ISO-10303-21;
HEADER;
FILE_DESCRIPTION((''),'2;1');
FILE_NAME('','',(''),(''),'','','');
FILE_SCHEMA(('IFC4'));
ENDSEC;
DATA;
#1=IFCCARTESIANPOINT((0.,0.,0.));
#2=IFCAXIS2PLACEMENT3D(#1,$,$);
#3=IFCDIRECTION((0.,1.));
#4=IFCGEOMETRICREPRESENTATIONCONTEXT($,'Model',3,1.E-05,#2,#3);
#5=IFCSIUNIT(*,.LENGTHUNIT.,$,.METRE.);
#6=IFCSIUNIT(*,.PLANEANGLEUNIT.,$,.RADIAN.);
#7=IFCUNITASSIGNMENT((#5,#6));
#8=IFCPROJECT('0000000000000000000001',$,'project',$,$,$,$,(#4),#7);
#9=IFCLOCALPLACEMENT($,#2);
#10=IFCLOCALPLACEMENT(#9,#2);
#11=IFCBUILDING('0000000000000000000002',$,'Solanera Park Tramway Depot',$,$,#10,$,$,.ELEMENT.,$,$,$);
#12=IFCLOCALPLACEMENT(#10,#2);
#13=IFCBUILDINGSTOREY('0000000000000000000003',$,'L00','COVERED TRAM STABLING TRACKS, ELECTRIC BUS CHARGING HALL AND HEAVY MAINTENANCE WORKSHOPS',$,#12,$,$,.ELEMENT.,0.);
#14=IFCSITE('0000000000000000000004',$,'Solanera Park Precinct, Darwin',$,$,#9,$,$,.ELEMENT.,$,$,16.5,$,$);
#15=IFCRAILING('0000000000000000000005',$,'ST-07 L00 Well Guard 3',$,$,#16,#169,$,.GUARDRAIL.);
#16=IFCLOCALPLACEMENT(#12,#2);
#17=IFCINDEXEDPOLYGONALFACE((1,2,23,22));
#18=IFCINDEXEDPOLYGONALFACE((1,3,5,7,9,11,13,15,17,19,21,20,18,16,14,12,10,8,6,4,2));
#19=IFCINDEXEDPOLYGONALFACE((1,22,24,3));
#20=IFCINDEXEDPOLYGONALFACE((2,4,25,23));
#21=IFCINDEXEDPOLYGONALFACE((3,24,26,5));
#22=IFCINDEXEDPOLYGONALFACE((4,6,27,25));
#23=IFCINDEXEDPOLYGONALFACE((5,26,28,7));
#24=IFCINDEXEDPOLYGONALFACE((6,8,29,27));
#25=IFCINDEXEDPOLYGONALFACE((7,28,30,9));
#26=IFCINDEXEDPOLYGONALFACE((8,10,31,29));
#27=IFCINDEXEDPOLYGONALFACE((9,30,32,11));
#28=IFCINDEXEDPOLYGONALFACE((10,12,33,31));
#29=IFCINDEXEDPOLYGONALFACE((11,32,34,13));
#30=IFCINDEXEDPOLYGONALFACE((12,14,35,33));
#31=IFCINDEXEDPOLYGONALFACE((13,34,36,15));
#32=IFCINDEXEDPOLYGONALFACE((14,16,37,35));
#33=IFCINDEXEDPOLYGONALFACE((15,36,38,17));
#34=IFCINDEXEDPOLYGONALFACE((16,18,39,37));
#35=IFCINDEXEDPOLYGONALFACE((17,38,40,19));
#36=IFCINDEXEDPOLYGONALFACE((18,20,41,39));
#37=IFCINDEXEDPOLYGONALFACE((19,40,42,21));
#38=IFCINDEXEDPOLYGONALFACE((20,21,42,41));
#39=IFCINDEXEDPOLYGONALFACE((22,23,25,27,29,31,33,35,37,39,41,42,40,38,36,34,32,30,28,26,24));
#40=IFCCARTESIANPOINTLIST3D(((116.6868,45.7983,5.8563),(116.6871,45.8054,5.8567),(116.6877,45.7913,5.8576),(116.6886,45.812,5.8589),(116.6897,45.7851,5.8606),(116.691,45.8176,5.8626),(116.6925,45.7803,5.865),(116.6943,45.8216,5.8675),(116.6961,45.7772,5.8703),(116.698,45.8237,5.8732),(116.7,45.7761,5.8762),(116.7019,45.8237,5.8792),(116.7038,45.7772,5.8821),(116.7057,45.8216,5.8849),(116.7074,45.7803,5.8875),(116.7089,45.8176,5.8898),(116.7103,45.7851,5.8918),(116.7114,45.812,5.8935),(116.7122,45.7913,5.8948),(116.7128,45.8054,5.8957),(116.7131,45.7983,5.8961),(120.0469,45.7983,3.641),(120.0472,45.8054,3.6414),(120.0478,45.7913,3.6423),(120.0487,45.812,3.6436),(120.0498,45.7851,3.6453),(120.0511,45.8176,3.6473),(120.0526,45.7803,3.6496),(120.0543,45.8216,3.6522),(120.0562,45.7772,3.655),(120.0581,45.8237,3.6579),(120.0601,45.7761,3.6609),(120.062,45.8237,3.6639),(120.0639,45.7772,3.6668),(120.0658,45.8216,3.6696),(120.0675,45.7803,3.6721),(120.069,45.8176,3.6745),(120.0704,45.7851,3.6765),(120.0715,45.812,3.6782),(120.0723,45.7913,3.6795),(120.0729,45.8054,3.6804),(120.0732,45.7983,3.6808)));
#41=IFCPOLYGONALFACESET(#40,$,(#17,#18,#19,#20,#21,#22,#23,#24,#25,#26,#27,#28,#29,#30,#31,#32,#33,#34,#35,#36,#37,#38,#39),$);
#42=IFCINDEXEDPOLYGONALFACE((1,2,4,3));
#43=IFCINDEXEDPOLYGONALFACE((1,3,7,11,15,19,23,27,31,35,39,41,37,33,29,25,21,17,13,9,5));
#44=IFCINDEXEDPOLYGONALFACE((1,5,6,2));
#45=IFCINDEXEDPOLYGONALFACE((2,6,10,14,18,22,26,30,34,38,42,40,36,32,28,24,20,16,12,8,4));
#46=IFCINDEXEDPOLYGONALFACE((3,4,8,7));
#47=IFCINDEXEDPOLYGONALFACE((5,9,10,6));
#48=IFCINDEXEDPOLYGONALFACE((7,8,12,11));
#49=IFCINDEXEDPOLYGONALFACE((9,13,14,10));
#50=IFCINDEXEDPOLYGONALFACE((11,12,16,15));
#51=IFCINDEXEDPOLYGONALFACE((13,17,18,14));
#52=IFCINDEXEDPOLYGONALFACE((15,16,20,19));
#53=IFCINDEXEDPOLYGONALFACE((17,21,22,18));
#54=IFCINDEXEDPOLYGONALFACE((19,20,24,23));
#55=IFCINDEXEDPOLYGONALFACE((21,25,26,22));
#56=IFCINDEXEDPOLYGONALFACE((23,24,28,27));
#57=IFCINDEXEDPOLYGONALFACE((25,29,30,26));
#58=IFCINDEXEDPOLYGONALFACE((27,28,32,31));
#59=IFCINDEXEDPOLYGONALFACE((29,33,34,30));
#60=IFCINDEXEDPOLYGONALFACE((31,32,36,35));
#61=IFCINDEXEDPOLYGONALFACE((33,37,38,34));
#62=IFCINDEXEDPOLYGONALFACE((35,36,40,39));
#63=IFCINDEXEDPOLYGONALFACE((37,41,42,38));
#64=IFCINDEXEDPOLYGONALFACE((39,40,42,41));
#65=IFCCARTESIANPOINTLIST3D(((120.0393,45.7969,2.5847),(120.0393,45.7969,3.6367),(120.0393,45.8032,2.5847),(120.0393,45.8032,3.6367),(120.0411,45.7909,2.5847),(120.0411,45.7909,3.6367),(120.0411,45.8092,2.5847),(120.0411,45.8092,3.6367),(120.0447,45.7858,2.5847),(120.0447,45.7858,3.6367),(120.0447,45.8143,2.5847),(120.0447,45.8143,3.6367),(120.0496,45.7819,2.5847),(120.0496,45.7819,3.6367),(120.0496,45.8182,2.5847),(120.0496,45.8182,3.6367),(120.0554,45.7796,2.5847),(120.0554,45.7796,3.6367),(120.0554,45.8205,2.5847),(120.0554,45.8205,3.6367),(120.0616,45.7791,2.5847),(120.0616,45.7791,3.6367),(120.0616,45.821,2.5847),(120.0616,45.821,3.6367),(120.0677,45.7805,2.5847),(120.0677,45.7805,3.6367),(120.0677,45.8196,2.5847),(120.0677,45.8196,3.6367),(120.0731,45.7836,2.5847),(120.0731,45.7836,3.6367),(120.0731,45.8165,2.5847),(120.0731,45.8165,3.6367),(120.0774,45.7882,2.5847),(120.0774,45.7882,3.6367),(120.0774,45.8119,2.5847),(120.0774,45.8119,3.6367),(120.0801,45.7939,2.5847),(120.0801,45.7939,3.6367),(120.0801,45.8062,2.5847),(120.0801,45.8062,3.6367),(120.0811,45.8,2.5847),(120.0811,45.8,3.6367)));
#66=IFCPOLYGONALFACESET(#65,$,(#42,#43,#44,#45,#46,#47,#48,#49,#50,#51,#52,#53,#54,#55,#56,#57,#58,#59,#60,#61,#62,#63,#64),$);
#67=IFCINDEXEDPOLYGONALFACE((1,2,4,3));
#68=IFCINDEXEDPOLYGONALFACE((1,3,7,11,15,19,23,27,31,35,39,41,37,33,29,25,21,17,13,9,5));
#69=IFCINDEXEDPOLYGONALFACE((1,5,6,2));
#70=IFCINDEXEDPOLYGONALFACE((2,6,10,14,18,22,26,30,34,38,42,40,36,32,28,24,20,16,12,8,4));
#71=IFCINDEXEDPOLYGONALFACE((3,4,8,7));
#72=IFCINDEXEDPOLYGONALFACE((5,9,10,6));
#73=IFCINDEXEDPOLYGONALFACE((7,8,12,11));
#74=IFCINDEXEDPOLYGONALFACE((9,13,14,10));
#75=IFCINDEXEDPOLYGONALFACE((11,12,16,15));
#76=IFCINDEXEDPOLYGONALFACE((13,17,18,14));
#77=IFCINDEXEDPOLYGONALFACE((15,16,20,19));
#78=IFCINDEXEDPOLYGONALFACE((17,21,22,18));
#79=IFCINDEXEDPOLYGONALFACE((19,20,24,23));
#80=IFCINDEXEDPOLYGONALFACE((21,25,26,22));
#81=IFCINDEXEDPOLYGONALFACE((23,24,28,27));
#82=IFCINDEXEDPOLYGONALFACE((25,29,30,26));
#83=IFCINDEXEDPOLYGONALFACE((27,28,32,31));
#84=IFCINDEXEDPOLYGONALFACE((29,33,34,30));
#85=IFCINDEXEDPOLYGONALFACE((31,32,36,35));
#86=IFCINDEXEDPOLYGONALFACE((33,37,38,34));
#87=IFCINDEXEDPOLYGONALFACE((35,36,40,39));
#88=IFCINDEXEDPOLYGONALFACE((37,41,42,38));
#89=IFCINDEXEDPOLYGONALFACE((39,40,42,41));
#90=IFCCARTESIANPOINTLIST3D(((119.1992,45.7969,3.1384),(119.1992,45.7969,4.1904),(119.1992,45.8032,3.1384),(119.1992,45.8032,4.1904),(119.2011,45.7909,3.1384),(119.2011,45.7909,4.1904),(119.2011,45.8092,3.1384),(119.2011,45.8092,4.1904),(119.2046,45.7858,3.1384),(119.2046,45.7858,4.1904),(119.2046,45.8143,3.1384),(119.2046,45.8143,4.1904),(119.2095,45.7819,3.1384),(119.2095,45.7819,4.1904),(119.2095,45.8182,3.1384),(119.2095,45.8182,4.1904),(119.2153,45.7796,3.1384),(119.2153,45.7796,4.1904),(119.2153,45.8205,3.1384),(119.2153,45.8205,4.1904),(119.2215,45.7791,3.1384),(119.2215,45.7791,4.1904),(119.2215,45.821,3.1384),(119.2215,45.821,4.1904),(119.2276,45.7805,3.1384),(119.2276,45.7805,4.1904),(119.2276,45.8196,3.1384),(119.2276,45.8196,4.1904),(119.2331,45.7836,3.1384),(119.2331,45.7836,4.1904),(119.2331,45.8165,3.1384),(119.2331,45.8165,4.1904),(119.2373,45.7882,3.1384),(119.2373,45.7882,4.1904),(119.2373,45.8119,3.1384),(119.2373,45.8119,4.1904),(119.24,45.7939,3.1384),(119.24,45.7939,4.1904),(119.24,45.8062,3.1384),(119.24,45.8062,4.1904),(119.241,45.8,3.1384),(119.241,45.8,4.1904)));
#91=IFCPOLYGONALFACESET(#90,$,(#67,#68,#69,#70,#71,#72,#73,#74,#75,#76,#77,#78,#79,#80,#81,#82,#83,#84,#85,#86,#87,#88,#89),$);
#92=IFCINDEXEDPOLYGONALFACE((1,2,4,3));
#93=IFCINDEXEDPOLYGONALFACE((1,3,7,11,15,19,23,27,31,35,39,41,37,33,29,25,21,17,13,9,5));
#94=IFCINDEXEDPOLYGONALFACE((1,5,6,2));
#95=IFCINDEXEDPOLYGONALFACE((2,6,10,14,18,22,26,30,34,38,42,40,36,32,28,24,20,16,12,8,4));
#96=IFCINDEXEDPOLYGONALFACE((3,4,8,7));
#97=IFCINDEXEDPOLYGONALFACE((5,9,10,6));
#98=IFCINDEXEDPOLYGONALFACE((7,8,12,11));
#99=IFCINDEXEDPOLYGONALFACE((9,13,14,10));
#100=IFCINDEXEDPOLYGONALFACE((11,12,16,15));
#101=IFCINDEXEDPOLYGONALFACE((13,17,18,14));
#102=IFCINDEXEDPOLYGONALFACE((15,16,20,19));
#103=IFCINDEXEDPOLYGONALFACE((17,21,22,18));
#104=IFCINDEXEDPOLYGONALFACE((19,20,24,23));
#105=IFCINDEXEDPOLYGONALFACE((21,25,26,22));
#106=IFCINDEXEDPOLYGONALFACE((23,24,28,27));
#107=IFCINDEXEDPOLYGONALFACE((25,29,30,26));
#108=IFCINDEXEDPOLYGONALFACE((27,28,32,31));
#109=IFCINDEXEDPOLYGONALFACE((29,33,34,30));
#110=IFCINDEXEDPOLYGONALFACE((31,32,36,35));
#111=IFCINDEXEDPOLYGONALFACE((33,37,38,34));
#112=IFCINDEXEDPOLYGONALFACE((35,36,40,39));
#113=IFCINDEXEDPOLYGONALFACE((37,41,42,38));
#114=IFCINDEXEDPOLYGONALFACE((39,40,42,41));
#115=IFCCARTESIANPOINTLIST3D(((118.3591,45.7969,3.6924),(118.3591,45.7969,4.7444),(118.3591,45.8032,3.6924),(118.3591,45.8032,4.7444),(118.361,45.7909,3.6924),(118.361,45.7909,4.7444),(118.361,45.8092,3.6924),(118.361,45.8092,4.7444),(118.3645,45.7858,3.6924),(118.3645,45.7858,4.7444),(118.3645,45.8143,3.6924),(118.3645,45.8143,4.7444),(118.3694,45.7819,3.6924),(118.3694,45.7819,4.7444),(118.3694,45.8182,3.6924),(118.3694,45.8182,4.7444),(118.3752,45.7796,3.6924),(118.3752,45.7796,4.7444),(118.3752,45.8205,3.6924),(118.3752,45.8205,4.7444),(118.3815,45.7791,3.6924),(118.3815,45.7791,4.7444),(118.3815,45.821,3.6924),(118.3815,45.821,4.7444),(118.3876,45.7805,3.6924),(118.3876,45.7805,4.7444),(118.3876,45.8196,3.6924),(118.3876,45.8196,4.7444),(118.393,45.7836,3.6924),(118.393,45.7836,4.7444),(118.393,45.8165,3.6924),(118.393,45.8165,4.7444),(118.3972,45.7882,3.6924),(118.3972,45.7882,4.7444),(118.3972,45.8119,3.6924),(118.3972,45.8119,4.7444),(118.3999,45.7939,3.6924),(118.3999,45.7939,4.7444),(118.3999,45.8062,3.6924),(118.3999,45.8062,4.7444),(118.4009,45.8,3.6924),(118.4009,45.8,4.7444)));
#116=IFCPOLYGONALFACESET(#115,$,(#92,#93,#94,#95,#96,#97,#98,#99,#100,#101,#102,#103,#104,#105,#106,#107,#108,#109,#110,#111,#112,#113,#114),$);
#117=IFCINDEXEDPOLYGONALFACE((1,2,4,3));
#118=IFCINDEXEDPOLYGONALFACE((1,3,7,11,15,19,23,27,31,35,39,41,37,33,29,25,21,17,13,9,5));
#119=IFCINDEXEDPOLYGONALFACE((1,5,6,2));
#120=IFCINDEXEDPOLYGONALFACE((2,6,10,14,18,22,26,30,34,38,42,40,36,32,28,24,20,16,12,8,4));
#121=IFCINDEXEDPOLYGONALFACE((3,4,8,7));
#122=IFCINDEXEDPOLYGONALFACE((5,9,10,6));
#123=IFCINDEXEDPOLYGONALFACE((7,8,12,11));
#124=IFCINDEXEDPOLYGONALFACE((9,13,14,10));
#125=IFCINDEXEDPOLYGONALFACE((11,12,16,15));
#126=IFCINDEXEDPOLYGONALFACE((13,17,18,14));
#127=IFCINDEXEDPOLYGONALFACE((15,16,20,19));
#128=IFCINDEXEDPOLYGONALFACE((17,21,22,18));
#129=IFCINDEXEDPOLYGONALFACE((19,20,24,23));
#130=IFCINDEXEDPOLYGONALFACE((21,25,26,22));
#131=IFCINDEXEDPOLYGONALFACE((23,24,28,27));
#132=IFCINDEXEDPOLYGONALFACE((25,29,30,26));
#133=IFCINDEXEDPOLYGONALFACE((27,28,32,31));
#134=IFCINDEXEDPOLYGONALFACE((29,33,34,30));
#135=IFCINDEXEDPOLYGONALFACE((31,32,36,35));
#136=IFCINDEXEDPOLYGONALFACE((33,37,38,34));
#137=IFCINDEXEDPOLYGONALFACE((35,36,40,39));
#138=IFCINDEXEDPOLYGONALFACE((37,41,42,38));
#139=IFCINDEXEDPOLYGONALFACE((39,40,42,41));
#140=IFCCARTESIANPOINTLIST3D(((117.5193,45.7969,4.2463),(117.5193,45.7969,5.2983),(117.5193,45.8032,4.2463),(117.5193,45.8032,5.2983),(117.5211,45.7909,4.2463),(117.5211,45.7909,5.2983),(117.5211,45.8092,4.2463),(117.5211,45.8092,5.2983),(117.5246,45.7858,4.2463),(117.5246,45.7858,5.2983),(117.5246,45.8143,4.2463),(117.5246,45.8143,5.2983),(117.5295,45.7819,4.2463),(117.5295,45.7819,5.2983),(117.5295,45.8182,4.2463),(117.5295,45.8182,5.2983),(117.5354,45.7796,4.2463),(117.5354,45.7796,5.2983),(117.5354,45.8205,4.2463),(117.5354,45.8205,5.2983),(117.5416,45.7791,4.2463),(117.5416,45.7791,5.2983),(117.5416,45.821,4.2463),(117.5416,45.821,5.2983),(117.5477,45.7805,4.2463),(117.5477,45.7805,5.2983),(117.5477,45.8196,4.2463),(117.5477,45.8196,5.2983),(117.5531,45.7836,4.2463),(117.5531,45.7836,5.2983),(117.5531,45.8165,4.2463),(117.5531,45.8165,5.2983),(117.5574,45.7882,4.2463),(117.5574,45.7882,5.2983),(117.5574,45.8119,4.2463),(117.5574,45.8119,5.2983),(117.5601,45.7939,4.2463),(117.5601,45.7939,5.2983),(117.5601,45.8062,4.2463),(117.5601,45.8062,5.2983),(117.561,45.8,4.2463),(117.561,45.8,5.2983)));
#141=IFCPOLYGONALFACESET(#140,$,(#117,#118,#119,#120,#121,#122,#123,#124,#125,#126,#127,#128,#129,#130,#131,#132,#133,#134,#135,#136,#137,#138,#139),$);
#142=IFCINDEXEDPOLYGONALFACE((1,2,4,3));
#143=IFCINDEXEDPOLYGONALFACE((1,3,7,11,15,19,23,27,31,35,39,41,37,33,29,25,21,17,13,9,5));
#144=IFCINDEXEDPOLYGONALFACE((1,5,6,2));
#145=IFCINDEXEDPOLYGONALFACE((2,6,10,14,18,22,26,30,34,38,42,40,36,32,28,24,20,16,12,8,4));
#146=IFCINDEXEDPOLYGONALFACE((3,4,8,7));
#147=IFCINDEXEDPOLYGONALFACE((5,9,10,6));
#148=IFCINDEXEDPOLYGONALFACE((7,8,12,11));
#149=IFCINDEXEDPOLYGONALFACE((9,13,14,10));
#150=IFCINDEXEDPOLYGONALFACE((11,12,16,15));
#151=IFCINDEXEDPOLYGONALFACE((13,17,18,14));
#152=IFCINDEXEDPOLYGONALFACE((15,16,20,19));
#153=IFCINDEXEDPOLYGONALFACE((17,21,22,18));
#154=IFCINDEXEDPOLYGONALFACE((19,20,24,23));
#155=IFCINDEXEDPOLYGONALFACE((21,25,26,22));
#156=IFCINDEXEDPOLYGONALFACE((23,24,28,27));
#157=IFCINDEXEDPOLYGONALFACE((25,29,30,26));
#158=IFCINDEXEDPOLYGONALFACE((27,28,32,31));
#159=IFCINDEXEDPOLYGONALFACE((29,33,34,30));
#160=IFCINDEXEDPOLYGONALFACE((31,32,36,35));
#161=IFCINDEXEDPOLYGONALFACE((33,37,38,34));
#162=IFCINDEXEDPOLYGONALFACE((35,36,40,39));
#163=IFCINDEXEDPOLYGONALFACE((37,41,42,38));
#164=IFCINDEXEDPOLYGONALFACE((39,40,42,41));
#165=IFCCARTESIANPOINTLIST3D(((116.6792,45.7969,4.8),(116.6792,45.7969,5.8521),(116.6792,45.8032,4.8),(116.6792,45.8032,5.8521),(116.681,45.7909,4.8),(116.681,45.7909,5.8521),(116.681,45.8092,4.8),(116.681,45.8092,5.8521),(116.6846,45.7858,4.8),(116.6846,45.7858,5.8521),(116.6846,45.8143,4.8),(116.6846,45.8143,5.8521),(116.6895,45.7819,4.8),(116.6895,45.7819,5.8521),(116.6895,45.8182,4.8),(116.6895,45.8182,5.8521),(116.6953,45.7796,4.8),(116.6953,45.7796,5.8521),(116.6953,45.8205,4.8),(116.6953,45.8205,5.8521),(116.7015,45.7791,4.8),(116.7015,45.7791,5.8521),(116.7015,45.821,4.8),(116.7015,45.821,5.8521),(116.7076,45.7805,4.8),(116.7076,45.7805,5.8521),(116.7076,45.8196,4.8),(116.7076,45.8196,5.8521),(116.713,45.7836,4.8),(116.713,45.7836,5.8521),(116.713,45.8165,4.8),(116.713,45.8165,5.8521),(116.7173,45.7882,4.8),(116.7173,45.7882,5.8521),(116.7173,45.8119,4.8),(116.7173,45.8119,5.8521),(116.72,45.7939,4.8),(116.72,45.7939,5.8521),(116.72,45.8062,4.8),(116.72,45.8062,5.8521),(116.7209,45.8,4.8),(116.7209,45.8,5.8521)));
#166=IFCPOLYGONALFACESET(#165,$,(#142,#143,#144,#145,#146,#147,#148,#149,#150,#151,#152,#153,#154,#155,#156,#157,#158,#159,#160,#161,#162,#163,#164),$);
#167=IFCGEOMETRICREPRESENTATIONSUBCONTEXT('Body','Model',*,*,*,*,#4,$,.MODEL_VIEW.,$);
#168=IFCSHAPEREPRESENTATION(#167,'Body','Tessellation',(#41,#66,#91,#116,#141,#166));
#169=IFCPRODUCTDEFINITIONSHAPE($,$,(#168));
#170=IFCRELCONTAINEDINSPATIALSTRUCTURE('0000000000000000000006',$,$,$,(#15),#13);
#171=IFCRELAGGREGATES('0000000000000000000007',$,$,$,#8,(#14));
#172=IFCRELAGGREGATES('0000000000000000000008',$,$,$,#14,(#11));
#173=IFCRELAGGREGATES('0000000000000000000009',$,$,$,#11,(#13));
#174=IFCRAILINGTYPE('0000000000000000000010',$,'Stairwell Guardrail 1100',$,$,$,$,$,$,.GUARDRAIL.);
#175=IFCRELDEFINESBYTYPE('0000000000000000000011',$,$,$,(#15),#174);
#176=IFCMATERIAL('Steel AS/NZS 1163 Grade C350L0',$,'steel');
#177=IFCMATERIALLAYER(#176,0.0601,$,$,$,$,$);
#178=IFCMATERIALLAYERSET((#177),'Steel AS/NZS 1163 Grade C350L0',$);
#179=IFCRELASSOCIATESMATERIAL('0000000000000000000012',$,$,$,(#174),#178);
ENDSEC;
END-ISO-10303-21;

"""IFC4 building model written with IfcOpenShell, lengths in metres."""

from ifc_helpers import new_model, si_unit, direction, frame, origin, origin_2d, place, context, subcontext, project, spatial, circle, extrude, material, layer, layer_set, type_object, element, save


model = new_model("IFC4")

# Units and contexts
model_context = context("Model", 3, precision=1e-05, world=origin(), true_north=direction((0.0, 1.0)))
body_context = subcontext(model_context, "Body", "Model", "MODEL_VIEW")
ifc_project = project(units=[si_unit("LENGTHUNIT", "METRE"), si_unit("PLANEANGLEUNIT", "RADIAN")], contexts=[model_context])

# Site, building, storey
site_placement = place(None, origin())
site = spatial("IfcSite", under=ifc_project, at=site_placement, Name="Solanera Park Precinct, Darwin", CompositionType="ELEMENT", RefElevation=16.5)
building_placement = place(site_placement, origin())
building = spatial("IfcBuilding", under=site, at=building_placement, Name="Solanera Park Tramway Depot", CompositionType="ELEMENT")
storey_placement = place(building_placement, origin())
storey = spatial("IfcBuildingStorey", under=building, at=storey_placement, Name="L00", Description="COVERED TRAM STABLING TRACKS, ELECTRIC BUS CHARGING HALL AND HEAVY MAINTENANCE WORKSHOPS", CompositionType="ELEMENT", Elevation=0.0)

# Railing
ifc_material_1 = material(Name="Steel AS/NZS 1163 Grade C350L0", Category="steel")
ifc_layer_1 = layer(ifc_material_1, 0.0601)
ifc_layer_set_1 = layer_set([ifc_layer_1], Name="Steel AS/NZS 1163 Grade C350L0")
railing_type_1 = type_object("IfcRailingType", Name="Stairwell Guardrail 1100", PredefinedType="GUARDRAIL", material=ifc_layer_set_1)
railing_1_placement = place(storey_placement, frame((120.0601, 45.8, 2.5847)))
element("IfcRailing", 1, at=railing_1_placement, inside=storey, type_object=railing_type_1, Name="ST-07 L00 Well Guard 3", PredefinedType="GUARDRAIL", context=body_context, shape_type="SweptSolid", body=[
    extrude(circle(Radius=0.0239, at=origin_2d()), frame((0.0, 0.0, 1.0762), z_axis=(-0.834876, 0.0, 0.550437), x_axis=(0.0, -1.0, 0.0)), (0.0, 0.0, 1.0), 4.0247),
    extrude(circle(Radius=0.021, at=origin_2d()), origin(), (0.0, 0.0, 1.0), 1.052),
    extrude(circle(Radius=0.021, at=origin_2d()), frame((-0.8401, 0.0, 0.5537)), (0.0, 0.0, 1.0), 1.052),
    extrude(circle(Radius=0.021, at=origin_2d()), frame((-1.6802, 0.0, 1.1077)), (0.0, 0.0, 1.0), 1.052),
    extrude(circle(Radius=0.021, at=origin_2d()), frame((-2.52, 0.0, 1.6616)), (0.0, 0.0, 1.0), 1.052),
    extrude(circle(Radius=0.021, at=origin_2d()), frame((-3.3601, 0.0, 2.2153)), (0.0, 0.0, 1.0), 1.052),
])

save(model, "model.ifc")
